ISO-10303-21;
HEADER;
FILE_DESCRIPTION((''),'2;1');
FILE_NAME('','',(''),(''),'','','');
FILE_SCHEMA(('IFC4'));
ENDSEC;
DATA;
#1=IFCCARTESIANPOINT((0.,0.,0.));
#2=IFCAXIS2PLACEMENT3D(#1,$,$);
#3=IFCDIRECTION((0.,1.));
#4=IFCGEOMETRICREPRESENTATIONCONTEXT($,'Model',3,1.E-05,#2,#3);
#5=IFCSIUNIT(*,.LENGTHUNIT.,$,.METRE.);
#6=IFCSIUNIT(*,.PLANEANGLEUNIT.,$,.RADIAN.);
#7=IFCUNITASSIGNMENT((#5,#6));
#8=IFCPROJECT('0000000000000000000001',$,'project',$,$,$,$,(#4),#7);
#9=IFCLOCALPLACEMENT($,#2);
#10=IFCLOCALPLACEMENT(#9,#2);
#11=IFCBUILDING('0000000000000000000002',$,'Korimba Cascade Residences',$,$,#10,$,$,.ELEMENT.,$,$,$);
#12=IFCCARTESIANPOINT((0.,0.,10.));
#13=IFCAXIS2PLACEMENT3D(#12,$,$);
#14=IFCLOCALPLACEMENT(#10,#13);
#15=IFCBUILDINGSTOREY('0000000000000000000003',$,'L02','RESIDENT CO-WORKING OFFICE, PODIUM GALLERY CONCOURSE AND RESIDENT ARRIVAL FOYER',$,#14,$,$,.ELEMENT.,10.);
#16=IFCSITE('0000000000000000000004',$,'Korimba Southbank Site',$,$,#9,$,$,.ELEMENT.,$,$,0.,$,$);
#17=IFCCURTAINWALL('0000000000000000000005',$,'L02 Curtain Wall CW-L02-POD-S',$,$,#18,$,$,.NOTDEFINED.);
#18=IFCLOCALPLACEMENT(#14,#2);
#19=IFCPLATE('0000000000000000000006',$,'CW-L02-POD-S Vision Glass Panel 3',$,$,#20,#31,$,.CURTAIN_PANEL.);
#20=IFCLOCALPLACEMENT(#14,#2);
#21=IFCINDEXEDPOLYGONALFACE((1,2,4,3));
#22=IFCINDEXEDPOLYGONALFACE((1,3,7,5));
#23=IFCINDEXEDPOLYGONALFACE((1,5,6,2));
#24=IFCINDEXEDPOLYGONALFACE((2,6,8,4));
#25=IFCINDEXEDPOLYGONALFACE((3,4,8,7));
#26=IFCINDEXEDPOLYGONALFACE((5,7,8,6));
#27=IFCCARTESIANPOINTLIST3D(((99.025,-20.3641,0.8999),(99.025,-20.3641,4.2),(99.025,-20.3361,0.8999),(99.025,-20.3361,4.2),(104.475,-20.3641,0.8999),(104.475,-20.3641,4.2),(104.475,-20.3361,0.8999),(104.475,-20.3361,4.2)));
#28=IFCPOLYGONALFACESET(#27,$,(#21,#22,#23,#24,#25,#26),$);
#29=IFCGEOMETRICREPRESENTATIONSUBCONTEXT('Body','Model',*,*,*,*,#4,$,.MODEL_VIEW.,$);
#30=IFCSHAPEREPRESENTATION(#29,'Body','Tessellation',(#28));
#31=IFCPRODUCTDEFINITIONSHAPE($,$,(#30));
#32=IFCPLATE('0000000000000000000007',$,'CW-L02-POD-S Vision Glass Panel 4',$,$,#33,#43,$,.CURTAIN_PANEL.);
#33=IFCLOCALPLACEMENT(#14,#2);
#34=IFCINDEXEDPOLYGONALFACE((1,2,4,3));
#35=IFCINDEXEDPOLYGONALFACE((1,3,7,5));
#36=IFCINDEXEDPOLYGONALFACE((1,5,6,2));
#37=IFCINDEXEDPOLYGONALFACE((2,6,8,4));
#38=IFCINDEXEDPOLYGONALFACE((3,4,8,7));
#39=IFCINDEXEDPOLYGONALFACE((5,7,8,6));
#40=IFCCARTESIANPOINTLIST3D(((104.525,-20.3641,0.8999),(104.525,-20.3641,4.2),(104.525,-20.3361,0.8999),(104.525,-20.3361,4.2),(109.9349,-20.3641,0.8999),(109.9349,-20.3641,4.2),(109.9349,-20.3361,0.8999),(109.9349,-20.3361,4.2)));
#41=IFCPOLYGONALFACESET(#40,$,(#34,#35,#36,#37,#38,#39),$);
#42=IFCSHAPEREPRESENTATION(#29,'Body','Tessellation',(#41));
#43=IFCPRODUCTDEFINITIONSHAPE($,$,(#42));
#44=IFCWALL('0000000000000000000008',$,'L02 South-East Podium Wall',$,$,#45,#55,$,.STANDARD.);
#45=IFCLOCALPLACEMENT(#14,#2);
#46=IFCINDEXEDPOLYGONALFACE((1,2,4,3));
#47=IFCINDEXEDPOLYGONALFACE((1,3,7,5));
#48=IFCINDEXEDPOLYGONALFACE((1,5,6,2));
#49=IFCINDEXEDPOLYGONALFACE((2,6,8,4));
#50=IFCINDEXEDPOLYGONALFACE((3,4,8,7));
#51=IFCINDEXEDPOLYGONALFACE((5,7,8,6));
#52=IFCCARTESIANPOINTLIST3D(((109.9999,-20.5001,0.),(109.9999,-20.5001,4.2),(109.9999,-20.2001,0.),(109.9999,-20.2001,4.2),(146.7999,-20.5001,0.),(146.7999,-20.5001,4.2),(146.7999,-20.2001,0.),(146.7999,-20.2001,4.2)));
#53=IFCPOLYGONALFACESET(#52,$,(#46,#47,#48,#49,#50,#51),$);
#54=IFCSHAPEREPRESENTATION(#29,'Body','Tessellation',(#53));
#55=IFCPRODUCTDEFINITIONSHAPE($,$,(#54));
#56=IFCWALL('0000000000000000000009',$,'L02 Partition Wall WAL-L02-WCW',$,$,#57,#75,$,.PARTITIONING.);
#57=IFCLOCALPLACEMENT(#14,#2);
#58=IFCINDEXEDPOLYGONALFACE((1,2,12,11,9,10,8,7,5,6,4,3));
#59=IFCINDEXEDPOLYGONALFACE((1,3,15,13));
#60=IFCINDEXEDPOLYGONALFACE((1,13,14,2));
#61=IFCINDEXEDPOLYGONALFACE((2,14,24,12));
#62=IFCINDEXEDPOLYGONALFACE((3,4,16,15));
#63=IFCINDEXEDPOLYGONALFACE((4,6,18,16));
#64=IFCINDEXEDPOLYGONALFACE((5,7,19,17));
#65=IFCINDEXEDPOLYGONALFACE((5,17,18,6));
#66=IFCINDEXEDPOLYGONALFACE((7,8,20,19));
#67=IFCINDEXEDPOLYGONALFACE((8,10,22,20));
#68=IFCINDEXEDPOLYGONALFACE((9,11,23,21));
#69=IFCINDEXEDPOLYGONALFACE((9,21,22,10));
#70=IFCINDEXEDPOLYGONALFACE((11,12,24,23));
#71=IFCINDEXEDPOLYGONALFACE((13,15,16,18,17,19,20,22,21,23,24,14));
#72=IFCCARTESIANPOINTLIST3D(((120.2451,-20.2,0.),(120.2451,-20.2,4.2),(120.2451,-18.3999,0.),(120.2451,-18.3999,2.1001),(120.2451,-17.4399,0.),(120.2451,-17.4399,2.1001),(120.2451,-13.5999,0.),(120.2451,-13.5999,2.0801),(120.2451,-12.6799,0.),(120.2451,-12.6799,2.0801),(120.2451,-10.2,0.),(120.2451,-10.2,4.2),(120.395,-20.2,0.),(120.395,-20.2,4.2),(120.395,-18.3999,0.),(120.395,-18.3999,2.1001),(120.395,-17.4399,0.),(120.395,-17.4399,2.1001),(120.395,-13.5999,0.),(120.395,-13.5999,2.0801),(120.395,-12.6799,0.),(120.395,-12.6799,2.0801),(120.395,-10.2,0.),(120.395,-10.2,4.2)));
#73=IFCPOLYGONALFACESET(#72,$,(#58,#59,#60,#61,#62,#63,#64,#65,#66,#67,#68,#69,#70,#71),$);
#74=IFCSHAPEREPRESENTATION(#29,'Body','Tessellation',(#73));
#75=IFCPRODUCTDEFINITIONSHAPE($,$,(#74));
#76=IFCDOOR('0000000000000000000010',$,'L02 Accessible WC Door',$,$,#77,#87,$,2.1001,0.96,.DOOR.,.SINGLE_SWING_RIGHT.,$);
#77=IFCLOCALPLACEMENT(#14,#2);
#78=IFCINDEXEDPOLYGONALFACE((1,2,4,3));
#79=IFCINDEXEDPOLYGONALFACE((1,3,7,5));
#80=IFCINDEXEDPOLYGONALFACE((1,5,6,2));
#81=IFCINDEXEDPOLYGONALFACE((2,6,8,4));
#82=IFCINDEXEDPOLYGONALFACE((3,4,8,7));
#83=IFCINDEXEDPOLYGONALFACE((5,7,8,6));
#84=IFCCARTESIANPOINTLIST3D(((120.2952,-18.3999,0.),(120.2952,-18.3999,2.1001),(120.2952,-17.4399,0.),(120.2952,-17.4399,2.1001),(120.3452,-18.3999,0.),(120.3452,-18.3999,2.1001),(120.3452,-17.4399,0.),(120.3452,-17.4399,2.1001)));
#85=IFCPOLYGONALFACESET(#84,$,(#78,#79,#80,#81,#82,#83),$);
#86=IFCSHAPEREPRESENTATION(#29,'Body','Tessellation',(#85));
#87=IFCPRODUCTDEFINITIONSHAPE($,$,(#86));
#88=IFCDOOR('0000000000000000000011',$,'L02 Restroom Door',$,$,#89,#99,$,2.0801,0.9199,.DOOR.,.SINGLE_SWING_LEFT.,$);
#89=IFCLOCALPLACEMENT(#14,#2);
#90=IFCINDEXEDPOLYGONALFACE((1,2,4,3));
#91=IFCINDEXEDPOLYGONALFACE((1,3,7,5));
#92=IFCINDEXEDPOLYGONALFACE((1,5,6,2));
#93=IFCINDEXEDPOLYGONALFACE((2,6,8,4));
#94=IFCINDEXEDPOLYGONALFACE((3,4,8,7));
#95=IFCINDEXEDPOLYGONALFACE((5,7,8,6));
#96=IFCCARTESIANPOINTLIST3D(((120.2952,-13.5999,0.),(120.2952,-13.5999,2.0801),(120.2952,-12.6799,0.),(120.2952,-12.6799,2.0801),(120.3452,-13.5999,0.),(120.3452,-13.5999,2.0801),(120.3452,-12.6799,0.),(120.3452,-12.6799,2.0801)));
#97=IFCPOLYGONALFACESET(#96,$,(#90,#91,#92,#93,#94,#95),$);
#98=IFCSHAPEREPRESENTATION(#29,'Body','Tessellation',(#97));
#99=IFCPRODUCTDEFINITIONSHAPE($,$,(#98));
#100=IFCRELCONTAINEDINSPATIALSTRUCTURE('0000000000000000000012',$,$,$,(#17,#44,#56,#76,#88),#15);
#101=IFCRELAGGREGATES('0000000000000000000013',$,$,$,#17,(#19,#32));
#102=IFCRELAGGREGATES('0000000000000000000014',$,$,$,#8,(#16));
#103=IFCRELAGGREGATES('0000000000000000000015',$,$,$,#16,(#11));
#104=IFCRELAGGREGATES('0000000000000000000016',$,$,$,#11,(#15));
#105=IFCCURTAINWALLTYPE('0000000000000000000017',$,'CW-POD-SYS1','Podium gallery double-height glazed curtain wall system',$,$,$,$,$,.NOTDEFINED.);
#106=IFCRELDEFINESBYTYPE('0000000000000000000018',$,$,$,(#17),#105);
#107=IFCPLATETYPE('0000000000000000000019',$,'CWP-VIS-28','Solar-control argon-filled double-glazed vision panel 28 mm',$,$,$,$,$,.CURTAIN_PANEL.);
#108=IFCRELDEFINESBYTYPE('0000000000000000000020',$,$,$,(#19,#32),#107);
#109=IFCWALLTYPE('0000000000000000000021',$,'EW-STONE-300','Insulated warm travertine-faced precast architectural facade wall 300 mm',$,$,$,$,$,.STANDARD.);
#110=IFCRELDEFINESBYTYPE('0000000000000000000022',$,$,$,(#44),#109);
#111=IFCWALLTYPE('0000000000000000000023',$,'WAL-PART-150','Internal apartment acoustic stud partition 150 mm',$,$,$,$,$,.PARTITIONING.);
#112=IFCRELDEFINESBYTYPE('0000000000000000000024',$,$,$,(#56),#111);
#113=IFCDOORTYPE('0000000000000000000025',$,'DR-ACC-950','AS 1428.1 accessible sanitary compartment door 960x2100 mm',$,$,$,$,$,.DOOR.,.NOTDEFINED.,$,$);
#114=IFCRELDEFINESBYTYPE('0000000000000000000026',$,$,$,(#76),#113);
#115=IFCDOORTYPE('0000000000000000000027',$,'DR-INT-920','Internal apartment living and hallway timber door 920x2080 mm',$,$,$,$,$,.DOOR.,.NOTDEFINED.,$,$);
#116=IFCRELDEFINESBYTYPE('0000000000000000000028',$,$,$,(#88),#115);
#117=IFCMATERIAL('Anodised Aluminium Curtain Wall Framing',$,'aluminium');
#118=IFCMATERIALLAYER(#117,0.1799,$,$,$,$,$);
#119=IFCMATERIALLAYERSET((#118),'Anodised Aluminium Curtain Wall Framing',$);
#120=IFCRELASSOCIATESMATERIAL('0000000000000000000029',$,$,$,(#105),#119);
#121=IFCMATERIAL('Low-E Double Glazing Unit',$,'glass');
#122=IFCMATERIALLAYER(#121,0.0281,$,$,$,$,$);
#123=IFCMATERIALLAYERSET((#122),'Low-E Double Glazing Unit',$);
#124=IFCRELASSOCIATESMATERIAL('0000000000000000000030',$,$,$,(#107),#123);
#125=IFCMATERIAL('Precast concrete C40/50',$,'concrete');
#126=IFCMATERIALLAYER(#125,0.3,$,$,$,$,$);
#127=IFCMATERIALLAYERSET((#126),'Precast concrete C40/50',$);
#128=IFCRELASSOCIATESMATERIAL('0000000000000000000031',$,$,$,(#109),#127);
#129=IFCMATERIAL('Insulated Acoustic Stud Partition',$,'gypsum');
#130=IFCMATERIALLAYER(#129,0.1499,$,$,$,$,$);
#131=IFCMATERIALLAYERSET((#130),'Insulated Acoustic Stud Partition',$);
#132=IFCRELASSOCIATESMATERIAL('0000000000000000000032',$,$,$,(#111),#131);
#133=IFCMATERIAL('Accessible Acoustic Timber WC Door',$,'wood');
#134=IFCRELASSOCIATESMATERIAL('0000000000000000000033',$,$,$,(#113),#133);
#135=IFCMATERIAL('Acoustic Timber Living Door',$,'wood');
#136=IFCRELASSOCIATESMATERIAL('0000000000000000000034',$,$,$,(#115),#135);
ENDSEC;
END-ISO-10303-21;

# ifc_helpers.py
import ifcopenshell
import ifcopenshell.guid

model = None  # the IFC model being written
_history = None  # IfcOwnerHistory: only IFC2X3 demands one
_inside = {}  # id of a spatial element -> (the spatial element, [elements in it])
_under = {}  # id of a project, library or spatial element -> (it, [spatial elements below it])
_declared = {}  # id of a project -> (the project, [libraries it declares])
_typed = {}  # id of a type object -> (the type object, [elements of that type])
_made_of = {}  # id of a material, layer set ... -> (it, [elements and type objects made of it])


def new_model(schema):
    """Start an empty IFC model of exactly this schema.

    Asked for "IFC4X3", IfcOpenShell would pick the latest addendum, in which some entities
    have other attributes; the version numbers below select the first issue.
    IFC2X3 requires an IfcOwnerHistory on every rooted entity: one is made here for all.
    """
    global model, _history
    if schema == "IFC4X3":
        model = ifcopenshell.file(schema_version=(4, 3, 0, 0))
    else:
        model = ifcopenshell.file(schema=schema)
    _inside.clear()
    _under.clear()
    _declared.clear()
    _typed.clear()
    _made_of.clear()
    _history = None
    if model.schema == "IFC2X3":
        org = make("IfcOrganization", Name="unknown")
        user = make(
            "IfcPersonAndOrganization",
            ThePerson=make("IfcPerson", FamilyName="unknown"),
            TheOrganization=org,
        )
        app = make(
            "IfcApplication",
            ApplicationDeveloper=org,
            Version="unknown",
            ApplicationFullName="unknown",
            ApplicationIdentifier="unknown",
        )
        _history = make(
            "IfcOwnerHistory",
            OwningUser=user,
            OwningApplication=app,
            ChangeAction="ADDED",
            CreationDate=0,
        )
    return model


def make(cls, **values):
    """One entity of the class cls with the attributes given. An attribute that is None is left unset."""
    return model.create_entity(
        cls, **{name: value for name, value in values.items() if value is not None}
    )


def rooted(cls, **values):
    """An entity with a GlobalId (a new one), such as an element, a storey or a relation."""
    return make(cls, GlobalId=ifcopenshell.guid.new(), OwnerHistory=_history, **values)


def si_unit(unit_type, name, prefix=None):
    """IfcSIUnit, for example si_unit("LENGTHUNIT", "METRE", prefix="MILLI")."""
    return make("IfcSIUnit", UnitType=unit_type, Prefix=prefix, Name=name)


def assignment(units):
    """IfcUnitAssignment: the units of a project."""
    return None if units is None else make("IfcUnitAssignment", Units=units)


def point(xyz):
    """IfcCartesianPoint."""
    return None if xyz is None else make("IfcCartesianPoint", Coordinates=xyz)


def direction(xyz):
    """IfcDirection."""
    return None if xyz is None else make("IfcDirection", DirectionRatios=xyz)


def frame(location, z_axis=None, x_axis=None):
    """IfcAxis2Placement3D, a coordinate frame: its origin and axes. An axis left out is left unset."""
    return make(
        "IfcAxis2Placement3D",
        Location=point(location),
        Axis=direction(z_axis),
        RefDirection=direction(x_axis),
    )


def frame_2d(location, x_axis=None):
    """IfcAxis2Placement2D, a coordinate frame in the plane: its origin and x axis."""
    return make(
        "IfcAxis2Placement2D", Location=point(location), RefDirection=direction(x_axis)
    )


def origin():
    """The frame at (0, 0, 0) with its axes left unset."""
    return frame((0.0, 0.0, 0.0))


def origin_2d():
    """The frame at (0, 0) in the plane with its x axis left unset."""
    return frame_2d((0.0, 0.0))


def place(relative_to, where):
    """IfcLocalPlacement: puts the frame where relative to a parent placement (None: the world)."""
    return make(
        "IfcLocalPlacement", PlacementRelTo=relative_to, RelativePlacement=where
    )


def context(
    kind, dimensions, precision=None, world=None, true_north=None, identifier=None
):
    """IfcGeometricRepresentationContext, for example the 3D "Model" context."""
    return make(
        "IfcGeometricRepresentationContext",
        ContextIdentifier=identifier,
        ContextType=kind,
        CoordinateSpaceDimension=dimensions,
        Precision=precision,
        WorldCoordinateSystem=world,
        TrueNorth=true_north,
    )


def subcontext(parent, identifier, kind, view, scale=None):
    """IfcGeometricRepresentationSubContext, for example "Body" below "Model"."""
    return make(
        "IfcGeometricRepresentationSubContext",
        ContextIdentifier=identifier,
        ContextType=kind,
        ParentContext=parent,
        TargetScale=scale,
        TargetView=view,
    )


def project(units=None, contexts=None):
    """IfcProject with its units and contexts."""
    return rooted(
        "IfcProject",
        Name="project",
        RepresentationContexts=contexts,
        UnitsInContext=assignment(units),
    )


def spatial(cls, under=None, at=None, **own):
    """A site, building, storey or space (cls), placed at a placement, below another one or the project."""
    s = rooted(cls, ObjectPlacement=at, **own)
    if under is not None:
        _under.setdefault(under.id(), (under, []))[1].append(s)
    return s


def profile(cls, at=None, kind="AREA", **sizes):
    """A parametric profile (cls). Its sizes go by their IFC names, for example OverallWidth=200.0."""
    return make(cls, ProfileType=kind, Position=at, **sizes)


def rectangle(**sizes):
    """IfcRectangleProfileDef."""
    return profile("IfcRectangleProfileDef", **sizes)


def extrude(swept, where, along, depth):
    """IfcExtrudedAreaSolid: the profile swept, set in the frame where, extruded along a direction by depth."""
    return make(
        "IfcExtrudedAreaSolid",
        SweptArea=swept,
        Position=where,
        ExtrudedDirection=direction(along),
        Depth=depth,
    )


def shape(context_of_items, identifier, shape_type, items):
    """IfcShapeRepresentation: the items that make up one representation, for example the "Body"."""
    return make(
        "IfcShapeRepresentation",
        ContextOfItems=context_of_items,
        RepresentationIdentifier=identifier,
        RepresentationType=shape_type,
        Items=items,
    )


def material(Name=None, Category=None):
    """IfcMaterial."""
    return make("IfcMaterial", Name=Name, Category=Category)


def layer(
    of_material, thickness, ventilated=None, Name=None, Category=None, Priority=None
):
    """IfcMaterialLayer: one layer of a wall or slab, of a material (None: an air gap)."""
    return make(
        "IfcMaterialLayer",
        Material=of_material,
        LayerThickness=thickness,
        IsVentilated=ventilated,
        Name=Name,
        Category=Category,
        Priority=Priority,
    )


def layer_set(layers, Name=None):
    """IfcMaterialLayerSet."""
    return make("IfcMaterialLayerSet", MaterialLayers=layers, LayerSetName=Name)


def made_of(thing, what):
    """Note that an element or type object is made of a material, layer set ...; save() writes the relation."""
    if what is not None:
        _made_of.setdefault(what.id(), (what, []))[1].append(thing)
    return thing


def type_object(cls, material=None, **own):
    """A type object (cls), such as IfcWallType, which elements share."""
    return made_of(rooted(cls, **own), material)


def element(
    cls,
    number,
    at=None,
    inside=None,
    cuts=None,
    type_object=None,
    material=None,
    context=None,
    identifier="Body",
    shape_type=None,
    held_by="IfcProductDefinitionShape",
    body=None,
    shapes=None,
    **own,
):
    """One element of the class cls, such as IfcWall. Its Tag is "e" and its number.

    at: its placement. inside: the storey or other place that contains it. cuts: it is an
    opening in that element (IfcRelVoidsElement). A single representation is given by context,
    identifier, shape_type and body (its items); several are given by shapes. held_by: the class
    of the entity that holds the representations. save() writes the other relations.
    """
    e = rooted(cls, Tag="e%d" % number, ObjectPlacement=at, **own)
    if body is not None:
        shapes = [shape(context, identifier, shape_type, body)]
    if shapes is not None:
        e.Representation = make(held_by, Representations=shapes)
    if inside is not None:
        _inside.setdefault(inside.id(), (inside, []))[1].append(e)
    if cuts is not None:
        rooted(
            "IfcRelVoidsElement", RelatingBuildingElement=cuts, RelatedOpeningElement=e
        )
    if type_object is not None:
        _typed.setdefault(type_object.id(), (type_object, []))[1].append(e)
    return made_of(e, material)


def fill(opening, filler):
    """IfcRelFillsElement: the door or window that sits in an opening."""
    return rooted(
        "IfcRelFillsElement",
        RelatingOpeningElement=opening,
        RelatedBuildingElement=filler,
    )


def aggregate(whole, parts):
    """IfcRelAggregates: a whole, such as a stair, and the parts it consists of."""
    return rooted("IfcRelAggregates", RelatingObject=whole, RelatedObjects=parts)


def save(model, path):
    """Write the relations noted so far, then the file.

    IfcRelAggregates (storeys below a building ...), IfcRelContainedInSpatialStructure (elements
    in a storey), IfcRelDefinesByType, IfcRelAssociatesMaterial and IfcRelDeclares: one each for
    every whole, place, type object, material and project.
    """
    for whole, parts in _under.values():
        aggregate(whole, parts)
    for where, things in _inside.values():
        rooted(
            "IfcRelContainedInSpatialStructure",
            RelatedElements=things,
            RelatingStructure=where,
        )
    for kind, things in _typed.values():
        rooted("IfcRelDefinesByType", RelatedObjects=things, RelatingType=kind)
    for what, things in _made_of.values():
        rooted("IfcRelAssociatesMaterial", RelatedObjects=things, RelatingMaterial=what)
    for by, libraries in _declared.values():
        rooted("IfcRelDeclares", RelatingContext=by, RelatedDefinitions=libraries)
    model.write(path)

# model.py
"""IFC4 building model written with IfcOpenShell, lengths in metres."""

from ifc_helpers import new_model, si_unit, direction, frame, frame_2d, origin, origin_2d, place, context, subcontext, project, spatial, rectangle, extrude, material, layer, layer_set, type_object, element, fill, aggregate, save


model = new_model("IFC4")

# Units and contexts
model_context = context("Model", 3, precision=1e-05, world=origin(), true_north=direction((0.0, 1.0)))
body_context = subcontext(model_context, "Body", "Model", "MODEL_VIEW")
ifc_project = project(units=[si_unit("LENGTHUNIT", "METRE"), si_unit("PLANEANGLEUNIT", "RADIAN")], contexts=[model_context])

# Site, building, storey
site_placement = place(None, origin())
site = spatial("IfcSite", under=ifc_project, at=site_placement, Name="Korimba Southbank Site", CompositionType="ELEMENT", RefElevation=0.0)
building_placement = place(site_placement, origin())
building = spatial("IfcBuilding", under=site, at=building_placement, Name="Korimba Cascade Residences", CompositionType="ELEMENT")
storey_placement = place(building_placement, frame((0.0, 0.0, 10.0)))
storey = spatial("IfcBuildingStorey", under=building, at=storey_placement, Name="L02", Description="RESIDENT CO-WORKING OFFICE, PODIUM GALLERY CONCOURSE AND RESIDENT ARRIVAL FOYER", CompositionType="ELEMENT", Elevation=10.0)

# Curtain wall, plates
ifc_material_1 = material(Name="Anodised Aluminium Curtain Wall Framing", Category="aluminium")
ifc_layer_1 = layer(ifc_material_1, 0.1799)
ifc_layer_set_1 = layer_set([ifc_layer_1], Name="Anodised Aluminium Curtain Wall Framing")
curtain_wall_type = type_object("IfcCurtainWallType", Name="CW-POD-SYS1", Description="Podium gallery double-height glazed curtain wall system", PredefinedType="NOTDEFINED", material=ifc_layer_set_1)
curtain_wall_placement = place(storey_placement, origin())
curtain_wall = element("IfcCurtainWall", 1, at=curtain_wall_placement, inside=storey, type_object=curtain_wall_type, Name="L02 Curtain Wall CW-L02-POD-S", PredefinedType="NOTDEFINED")
ifc_material_2 = material(Name="Low-E Double Glazing Unit", Category="glass")
ifc_layer_2 = layer(ifc_material_2, 0.0281)
ifc_layer_set_2 = layer_set([ifc_layer_2], Name="Low-E Double Glazing Unit")
plate_type_1 = type_object("IfcPlateType", Name="CWP-VIS-28", Description="Solar-control argon-filled double-glazed vision panel 28 mm", PredefinedType="CURTAIN_PANEL", material=ifc_layer_set_2)
plate_1_placement = place(storey_placement, frame((101.75, -20.3501, 0.8999), z_axis=(0.0, 0.0, 1.0), x_axis=(1.0, 0.0, 0.0)))
plate_1 = element("IfcPlate", 2, at=plate_1_placement, type_object=plate_type_1, Name="CW-L02-POD-S Vision Glass Panel 3", PredefinedType="CURTAIN_PANEL", context=body_context, shape_type="SweptSolid", body=[
    extrude(rectangle(XDim=5.45, YDim=0.0281, at=origin_2d()), origin(), (0.0, 0.0, 1.0), 3.3),
])
plate_2_placement = place(storey_placement, frame((107.23, -20.3501, 0.8999), z_axis=(0.0, 0.0, 1.0), x_axis=(1.0, 0.0, 0.0)))
plate_2 = element("IfcPlate", 3, at=plate_2_placement, type_object=plate_type_1, Name="CW-L02-POD-S Vision Glass Panel 4", PredefinedType="CURTAIN_PANEL", context=body_context, shape_type="SweptSolid", body=[
    extrude(rectangle(XDim=5.4099, YDim=0.0281, at=origin_2d()), origin(), (0.0, 0.0, 1.0), 3.3),
])
aggregate(curtain_wall, [plate_1, plate_2])

# Wall
ifc_material_3 = material(Name="Precast concrete C40/50", Category="concrete")
ifc_layer_3 = layer(ifc_material_3, 0.3)
ifc_layer_set_3 = layer_set([ifc_layer_3], Name="Precast concrete C40/50")
wall_type_1 = type_object("IfcWallType", Name="EW-STONE-300", Description="Insulated warm travertine-faced precast architectural facade wall 300 mm", PredefinedType="STANDARD", material=ifc_layer_set_3)
wall_1_placement = place(storey_placement, frame((110.0, -20.3501, 0.0), z_axis=(0.0, 0.0, 1.0), x_axis=(1.0, 0.0, 0.0)))
element("IfcWall", 4, at=wall_1_placement, inside=storey, type_object=wall_type_1, Name="L02 South-East Podium Wall", PredefinedType="STANDARD", context=body_context, shape_type="SweptSolid", body=[
    extrude(rectangle(XDim=36.8, YDim=0.3, at=frame_2d((18.3999, 0.0))), origin(), (0.0, 0.0, 1.0), 4.2),
])

# Wall, openings, doors
ifc_material_4 = material(Name="Insulated Acoustic Stud Partition", Category="gypsum")
ifc_layer_4 = layer(ifc_material_4, 0.1499)
ifc_layer_set_4 = layer_set([ifc_layer_4], Name="Insulated Acoustic Stud Partition")
wall_type_2 = type_object("IfcWallType", Name="WAL-PART-150", Description="Internal apartment acoustic stud partition 150 mm", PredefinedType="PARTITIONING", material=ifc_layer_set_4)
wall_2_placement = place(storey_placement, frame((120.3201, -20.2, 0.0), z_axis=(0.0, 0.0, 1.0), x_axis=(0.0, 1.0, 0.0)))
wall_2 = element("IfcWall", 5, at=wall_2_placement, inside=storey, type_object=wall_type_2, Name="L02 Partition Wall WAL-L02-WCW", PredefinedType="PARTITIONING", context=body_context, shape_type="SweptSolid", body=[
    extrude(rectangle(XDim=10.0, YDim=0.1499, at=frame_2d((5.0, 0.0))), origin(), (0.0, 0.0, 1.0), 4.2),
])
opening_1_placement = place(wall_2_placement, frame((1.8, 0.0, 0.0)))
opening_1 = element("IfcOpeningElement", 6, at=opening_1_placement, cuts=wall_2, PredefinedType="OPENING", context=body_context, shape_type="SweptSolid", body=[
    extrude(rectangle(XDim=0.96, YDim=2.1001, at=frame_2d((0.48, 1.05))), frame((0.0, 0.085, 0.0), z_axis=(0.0, -1.0, 0.0), x_axis=(1.0, 0.0, 0.0)), (0.0, 0.0, 1.0), 0.1699),
])
opening_2_placement = place(wall_2_placement, frame((6.6001, 0.0, 0.0)))
opening_2 = element("IfcOpeningElement", 7, at=opening_2_placement, cuts=wall_2, PredefinedType="OPENING", context=body_context, shape_type="SweptSolid", body=[
    extrude(rectangle(XDim=0.9199, YDim=2.0801, at=frame_2d((0.46, 1.04))), frame((0.0, 0.085, 0.0), z_axis=(0.0, -1.0, 0.0), x_axis=(1.0, 0.0, 0.0)), (0.0, 0.0, 1.0), 0.1699),
])
ifc_material_5 = material(Name="Accessible Acoustic Timber WC Door", Category="wood")
door_type_1 = type_object("IfcDoorType", Name="DR-ACC-950", Description="AS 1428.1 accessible sanitary compartment door 960x2100 mm", OperationType="NOTDEFINED", PredefinedType="DOOR", material=ifc_material_5)
door_1_placement = place(opening_1_placement, origin())
door_1 = element("IfcDoor", 8, at=door_1_placement, inside=storey, type_object=door_type_1, Name="L02 Accessible WC Door", OperationType="SINGLE_SWING_RIGHT", OverallHeight=2.1001, OverallWidth=0.96, PredefinedType="DOOR", context=body_context, shape_type="SweptSolid", body=[
    extrude(rectangle(XDim=0.96, YDim=2.1001, at=frame_2d((0.48, 1.05))), frame((0.0, 0.0249, 0.0), z_axis=(0.0, -1.0, 0.0), x_axis=(1.0, 0.0, 0.0)), (0.0, 0.0, 1.0), 0.05),
])
fill(opening_1, door_1)
ifc_material_6 = material(Name="Acoustic Timber Living Door", Category="wood")
door_type_2 = type_object("IfcDoorType", Name="DR-INT-920", Description="Internal apartment living and hallway timber door 920x2080 mm", OperationType="NOTDEFINED", PredefinedType="DOOR", material=ifc_material_6)
door_2_placement = place(opening_2_placement, origin())
door_2 = element("IfcDoor", 9, at=door_2_placement, inside=storey, type_object=door_type_2, Name="L02 Restroom Door", OperationType="SINGLE_SWING_LEFT", OverallHeight=2.0801, OverallWidth=0.9199, PredefinedType="DOOR", context=body_context, shape_type="SweptSolid", body=[
    extrude(rectangle(XDim=0.9199, YDim=2.0801, at=frame_2d((0.46, 1.04))), frame((0.0, 0.0249, 0.0), z_axis=(0.0, -1.0, 0.0), x_axis=(1.0, 0.0, 0.0)), (0.0, 0.0, 1.0), 0.05),
])
fill(opening_2, door_2)

save(model, "model.ifc")
